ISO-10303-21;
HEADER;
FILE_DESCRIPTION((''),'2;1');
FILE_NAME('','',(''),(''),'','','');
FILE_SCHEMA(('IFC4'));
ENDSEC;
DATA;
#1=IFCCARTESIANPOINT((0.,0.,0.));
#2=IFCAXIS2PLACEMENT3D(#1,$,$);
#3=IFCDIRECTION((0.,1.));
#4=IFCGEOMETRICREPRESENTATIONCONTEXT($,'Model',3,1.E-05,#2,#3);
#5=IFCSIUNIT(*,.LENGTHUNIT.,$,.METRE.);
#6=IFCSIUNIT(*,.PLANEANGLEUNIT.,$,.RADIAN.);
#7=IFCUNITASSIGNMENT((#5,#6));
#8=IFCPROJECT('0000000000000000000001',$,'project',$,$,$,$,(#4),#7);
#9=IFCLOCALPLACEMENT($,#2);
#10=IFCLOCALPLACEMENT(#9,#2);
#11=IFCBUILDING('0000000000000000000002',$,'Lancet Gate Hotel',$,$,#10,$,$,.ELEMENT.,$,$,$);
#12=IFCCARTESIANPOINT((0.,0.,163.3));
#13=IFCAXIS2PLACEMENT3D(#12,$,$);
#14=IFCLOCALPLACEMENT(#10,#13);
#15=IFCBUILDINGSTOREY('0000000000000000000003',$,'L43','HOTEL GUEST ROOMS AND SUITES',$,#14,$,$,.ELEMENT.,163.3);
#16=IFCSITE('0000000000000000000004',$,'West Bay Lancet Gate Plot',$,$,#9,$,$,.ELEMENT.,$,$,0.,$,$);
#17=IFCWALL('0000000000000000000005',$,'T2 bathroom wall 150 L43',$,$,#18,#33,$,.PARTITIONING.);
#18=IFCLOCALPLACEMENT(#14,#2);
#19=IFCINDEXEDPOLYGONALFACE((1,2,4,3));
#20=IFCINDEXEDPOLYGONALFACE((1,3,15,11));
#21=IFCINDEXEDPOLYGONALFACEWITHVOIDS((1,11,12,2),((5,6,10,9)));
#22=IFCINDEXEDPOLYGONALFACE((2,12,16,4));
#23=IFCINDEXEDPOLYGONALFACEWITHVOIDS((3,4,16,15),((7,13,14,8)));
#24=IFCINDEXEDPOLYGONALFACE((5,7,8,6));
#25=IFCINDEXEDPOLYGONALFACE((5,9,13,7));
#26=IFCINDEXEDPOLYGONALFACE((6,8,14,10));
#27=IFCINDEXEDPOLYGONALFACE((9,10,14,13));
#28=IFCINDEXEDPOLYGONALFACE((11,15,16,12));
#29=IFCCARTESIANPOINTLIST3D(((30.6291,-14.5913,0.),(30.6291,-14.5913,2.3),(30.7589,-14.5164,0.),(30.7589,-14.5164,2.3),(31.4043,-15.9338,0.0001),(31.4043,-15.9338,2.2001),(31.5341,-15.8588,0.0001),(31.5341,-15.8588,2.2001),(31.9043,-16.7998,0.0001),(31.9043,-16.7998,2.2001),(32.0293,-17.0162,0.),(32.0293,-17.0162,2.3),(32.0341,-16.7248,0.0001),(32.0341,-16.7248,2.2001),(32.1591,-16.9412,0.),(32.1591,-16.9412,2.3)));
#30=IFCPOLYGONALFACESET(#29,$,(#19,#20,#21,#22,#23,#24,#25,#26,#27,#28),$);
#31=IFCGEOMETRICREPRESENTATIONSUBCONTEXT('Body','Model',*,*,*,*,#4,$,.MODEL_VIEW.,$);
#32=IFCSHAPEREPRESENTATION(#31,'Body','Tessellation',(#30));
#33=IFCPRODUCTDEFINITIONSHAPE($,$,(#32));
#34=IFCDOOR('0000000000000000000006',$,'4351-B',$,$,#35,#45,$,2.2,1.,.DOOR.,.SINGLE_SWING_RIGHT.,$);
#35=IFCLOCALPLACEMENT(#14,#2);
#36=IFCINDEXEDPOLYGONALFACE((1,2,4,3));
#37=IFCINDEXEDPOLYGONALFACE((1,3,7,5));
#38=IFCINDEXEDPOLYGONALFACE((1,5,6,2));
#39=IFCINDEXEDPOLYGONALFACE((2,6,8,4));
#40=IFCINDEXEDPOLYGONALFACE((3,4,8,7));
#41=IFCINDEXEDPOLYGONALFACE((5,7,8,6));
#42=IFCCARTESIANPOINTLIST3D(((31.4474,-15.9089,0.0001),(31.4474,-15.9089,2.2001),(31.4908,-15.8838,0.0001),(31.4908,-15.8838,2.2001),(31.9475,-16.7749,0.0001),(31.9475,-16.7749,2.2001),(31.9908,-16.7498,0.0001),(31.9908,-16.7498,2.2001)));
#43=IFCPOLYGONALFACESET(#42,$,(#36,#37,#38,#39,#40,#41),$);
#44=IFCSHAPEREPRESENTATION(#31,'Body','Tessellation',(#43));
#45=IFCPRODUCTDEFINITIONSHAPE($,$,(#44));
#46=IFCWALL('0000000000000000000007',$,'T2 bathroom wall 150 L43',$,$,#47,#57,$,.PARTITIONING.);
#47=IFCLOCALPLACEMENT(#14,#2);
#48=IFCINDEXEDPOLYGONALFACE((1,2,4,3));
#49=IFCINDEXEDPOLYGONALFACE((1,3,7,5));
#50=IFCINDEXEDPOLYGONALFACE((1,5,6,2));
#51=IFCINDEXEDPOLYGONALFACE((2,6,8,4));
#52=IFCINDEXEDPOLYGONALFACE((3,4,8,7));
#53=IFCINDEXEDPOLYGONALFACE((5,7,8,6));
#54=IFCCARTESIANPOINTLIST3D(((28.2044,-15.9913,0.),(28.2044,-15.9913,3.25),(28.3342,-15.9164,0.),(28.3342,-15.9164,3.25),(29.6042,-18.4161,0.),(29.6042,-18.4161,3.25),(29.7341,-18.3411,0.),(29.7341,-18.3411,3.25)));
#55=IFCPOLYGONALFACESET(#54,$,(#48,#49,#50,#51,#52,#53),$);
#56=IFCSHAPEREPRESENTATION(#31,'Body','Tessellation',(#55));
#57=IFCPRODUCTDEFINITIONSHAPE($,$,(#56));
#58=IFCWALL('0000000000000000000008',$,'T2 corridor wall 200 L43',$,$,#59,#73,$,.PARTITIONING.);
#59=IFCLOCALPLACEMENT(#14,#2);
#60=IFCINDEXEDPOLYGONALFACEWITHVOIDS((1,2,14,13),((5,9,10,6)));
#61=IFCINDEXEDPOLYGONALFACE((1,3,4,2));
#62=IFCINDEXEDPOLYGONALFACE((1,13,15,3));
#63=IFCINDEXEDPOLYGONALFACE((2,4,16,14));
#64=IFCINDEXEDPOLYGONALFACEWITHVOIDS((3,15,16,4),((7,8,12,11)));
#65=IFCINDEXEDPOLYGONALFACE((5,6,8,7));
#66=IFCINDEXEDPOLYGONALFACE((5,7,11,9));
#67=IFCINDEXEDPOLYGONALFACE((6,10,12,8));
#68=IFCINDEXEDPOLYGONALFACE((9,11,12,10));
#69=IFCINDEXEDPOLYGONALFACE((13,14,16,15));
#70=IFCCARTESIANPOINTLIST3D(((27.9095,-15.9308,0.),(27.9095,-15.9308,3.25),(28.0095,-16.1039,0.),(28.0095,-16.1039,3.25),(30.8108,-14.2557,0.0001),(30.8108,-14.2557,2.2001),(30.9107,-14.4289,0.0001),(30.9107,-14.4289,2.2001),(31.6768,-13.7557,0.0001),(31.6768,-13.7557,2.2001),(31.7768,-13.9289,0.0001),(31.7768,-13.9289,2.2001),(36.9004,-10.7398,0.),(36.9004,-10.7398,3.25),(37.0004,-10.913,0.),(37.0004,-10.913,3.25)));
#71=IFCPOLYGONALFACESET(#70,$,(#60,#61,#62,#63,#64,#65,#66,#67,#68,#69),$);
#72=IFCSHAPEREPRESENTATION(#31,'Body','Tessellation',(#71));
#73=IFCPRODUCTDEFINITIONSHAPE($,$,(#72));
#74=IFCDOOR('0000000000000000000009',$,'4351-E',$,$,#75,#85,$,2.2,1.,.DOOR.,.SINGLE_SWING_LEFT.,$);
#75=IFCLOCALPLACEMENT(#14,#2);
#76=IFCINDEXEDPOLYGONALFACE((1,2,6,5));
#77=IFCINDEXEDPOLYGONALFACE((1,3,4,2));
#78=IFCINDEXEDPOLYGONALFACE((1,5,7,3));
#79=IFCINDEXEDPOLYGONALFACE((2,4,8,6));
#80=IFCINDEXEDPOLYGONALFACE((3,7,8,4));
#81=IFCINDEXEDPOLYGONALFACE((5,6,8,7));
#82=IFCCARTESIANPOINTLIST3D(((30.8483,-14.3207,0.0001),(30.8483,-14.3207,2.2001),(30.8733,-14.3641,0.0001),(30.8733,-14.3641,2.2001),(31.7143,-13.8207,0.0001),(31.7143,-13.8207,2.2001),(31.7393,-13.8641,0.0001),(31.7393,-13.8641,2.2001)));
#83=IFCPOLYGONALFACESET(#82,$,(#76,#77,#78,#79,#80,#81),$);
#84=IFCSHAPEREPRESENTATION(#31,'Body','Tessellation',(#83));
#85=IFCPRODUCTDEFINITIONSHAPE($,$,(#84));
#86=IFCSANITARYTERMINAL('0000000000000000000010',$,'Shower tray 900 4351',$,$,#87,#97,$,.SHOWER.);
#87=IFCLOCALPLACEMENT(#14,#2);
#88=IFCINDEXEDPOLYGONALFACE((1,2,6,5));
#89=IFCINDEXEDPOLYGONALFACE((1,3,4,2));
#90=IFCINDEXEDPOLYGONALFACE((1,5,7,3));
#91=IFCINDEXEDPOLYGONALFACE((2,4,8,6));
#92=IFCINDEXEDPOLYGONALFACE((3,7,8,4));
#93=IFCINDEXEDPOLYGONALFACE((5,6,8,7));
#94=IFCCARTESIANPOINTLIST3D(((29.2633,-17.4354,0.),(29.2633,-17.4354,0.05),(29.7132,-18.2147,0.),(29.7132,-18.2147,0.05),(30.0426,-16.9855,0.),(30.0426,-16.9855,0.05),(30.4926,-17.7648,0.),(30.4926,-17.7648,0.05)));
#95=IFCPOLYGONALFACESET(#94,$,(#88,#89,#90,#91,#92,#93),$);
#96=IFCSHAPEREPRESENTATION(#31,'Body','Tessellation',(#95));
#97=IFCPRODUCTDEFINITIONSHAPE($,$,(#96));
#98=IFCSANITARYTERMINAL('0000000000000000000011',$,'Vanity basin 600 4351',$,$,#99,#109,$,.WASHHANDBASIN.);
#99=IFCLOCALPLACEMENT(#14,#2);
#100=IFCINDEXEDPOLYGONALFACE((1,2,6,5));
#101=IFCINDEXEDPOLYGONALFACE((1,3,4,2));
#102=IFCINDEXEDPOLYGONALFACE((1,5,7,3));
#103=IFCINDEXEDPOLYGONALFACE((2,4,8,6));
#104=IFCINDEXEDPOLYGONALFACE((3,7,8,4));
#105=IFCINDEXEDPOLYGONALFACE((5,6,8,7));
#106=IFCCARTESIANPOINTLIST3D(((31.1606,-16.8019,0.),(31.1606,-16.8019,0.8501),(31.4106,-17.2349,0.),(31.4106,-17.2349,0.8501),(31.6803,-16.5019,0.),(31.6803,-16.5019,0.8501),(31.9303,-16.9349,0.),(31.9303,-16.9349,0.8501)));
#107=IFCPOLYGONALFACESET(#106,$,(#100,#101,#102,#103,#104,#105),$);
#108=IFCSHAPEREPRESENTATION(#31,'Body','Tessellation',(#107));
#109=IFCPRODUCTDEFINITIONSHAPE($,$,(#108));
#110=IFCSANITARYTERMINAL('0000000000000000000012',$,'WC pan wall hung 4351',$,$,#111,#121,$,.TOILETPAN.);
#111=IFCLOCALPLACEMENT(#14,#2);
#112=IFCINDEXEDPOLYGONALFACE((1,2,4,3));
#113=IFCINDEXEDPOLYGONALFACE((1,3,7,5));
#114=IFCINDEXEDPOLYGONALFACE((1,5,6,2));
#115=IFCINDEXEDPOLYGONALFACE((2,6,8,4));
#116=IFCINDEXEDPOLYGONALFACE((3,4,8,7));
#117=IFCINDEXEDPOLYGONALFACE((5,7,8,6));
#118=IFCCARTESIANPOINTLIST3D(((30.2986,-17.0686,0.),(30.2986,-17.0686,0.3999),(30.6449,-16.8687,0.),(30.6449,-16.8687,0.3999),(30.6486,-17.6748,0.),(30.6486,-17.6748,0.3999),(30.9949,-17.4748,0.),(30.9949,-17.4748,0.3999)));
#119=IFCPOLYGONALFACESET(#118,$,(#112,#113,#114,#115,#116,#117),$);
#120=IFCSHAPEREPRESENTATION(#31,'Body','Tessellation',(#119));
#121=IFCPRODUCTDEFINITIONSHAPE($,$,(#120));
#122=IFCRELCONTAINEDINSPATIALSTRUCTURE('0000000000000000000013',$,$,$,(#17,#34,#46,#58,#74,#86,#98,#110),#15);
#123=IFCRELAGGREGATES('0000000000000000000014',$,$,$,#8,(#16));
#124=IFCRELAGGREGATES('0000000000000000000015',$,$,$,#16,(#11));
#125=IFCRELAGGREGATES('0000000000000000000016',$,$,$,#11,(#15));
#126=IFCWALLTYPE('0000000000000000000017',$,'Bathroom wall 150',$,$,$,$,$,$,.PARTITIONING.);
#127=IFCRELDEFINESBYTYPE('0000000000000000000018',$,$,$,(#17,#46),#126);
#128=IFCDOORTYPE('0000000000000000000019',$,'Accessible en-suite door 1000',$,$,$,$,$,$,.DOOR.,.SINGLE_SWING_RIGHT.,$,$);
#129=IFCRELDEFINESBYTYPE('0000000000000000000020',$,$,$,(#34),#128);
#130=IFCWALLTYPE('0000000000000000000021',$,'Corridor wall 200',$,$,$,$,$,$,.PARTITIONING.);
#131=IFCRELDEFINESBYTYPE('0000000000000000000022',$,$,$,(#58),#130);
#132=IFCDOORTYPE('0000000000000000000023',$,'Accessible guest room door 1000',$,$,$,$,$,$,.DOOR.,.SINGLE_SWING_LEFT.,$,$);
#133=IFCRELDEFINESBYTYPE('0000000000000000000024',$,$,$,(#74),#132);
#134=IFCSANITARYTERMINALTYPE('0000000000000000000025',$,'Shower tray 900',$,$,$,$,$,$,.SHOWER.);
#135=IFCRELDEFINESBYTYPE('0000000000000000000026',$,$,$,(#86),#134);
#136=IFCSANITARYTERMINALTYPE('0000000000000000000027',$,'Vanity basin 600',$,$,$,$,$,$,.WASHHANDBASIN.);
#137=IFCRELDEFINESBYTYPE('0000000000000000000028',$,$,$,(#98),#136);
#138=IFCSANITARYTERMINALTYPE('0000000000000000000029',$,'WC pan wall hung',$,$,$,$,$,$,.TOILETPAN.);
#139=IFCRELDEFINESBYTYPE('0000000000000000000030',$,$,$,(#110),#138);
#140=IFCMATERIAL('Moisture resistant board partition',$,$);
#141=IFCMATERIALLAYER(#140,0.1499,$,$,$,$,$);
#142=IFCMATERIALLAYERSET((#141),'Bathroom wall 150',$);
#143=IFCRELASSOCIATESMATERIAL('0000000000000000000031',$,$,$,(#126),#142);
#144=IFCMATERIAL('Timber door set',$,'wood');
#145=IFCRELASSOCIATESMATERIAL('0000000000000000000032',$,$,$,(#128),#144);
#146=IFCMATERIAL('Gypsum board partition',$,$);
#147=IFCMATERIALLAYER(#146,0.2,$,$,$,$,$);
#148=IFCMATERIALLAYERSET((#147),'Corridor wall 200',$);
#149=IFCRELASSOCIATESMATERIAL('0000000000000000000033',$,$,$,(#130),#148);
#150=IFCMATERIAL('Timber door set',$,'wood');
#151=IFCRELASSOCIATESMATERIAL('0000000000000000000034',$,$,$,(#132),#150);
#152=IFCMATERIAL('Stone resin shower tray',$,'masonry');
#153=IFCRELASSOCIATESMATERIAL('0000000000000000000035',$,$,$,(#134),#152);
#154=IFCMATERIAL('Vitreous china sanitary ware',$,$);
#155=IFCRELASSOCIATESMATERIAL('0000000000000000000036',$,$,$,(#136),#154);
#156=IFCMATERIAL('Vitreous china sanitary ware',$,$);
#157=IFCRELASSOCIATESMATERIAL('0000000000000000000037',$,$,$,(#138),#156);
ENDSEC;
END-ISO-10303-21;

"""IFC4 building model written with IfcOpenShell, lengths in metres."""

from ifc_helpers import new_model, si_unit, direction, frame, frame_2d, origin, origin_2d, place, context, subcontext, project, spatial, rectangle, extrude, material, layer, layer_set, type_object, element, fill, save


model = new_model("IFC4")

# Units and contexts
model_context = context("Model", 3, precision=1e-05, world=origin(), true_north=direction((0.0, 1.0)))
body_context = subcontext(model_context, "Body", "Model", "MODEL_VIEW")
ifc_project = project(units=[si_unit("LENGTHUNIT", "METRE"), si_unit("PLANEANGLEUNIT", "RADIAN")], contexts=[model_context])

# Site, building, storey
site_placement = place(None, origin())
site = spatial("IfcSite", under=ifc_project, at=site_placement, Name="West Bay Lancet Gate Plot", CompositionType="ELEMENT", RefElevation=0.0)
building_placement = place(site_placement, origin())
building = spatial("IfcBuilding", under=site, at=building_placement, Name="Lancet Gate Hotel", CompositionType="ELEMENT")
storey_placement = place(building_placement, frame((0.0, 0.0, 163.3)))
storey = spatial("IfcBuildingStorey", under=building, at=storey_placement, Name="L43", Description="HOTEL GUEST ROOMS AND SUITES", CompositionType="ELEMENT", Elevation=163.3)

# Shared definitions
ifc_material_1 = material(Name="Moisture resistant board partition")
ifc_layer_1 = layer(ifc_material_1, 0.1499)
ifc_layer_set_1 = layer_set([ifc_layer_1], Name="Bathroom wall 150")
wall_type_1 = type_object("IfcWallType", Name="Bathroom wall 150", PredefinedType="PARTITIONING", material=ifc_layer_set_1)

# Wall, opening, door
wall_1_placement = place(storey_placement, frame((30.6941, -14.554, 0.0), z_axis=(0.0, 0.0, 1.0), x_axis=(0.50005, -0.865997, 0.0)))
wall_1 = element("IfcWall", 1, at=wall_1_placement, inside=storey, type_object=wall_type_1, Name="T2 bathroom wall 150 L43", PredefinedType="PARTITIONING", context=body_context, shape_type="SweptSolid", body=[
    extrude(rectangle(XDim=2.8, YDim=0.1499, at=frame_2d((1.3999, 0.0))), origin(), (0.0, 0.0, 1.0), 2.3),
])
opening_1_placement = place(wall_1_placement, frame((1.55, 0.0, 0.0)))
opening_1 = element("IfcOpeningElement", 2, at=opening_1_placement, cuts=wall_1, PredefinedType="OPENING", context=body_context, shape_type="SweptSolid", body=[
    extrude(rectangle(XDim=1.0, YDim=2.2, at=frame_2d((0.5, 1.1001))), frame((0.0, 0.085, 0.0), z_axis=(0.0, -1.0, 0.0), x_axis=(1.0, 0.0, 0.0)), (0.0, 0.0, 1.0), 0.1699),
])
ifc_material_2 = material(Name="Timber door set", Category="wood")
door_type_1 = type_object("IfcDoorType", Name="Accessible en-suite door 1000", OperationType="SINGLE_SWING_RIGHT", PredefinedType="DOOR", material=ifc_material_2)
door_1_placement = place(opening_1_placement, origin())
door_1 = element("IfcDoor", 3, at=door_1_placement, inside=storey, type_object=door_type_1, Name="4351-B", OperationType="SINGLE_SWING_RIGHT", OverallHeight=2.2, OverallWidth=1.0, PredefinedType="DOOR", context=body_context, shape_type="SweptSolid", body=[
    extrude(rectangle(XDim=1.0, YDim=2.2, at=frame_2d((0.5, 1.1001))), frame((0.0, 0.0249, 0.0), z_axis=(0.0, -1.0, 0.0), x_axis=(1.0, 0.0, 0.0)), (0.0, 0.0, 1.0), 0.05),
])
fill(opening_1, door_1)

# Wall
wall_2_placement = place(storey_placement, frame((28.2693, -15.9539, 0.0), z_axis=(0.0, 0.0, 1.0), x_axis=(0.499984, -0.866035, 0.0)))
element("IfcWall", 4, at=wall_2_placement, inside=storey, type_object=wall_type_1, Name="T2 bathroom wall 150 L43", PredefinedType="PARTITIONING", context=body_context, shape_type="SweptSolid", body=[
    extrude(rectangle(XDim=2.7998, YDim=0.1499, at=frame_2d((1.3999, 0.0))), origin(), (0.0, 0.0, 1.0), 3.25),
])

# Wall, opening, door
ifc_material_3 = material(Name="Gypsum board partition")
ifc_layer_2 = layer(ifc_material_3, 0.2)
ifc_layer_set_2 = layer_set([ifc_layer_2], Name="Corridor wall 200")
wall_type_2 = type_object("IfcWallType", Name="Corridor wall 200", PredefinedType="PARTITIONING", material=ifc_layer_set_2)
wall_3_placement = place(storey_placement, frame((27.9595, -16.0173, 0.0), z_axis=(0.0, 0.0, 1.0), x_axis=(0.866026, 0.499999, 0.0)))
wall_3 = element("IfcWall", 5, at=wall_3_placement, inside=storey, type_object=wall_type_2, Name="T2 corridor wall 200 L43", PredefinedType="PARTITIONING", context=body_context, shape_type="SweptSolid", body=[
    extrude(rectangle(XDim=10.3818, YDim=0.2, at=frame_2d((5.1909, 0.0))), origin(), (0.0, 0.0, 1.0), 3.25),
])
opening_2_placement = place(wall_3_placement, frame((3.3501, 0.0, 0.0)))
opening_2 = element("IfcOpeningElement", 6, at=opening_2_placement, cuts=wall_3, PredefinedType="OPENING", context=body_context, shape_type="SweptSolid", body=[
    extrude(rectangle(XDim=1.0, YDim=2.2, at=frame_2d((0.5, 1.1001))), frame((0.0, 0.1099, 0.0), z_axis=(0.0, -1.0, 0.0), x_axis=(1.0, 0.0, 0.0)), (0.0, 0.0, 1.0), 0.22),
])
ifc_material_4 = material(Name="Timber door set", Category="wood")
door_type_2 = type_object("IfcDoorType", Name="Accessible guest room door 1000", OperationType="SINGLE_SWING_LEFT", PredefinedType="DOOR", material=ifc_material_4)
door_2_placement = place(opening_2_placement, origin())
door_2 = element("IfcDoor", 7, at=door_2_placement, inside=storey, type_object=door_type_2, Name="4351-E", OperationType="SINGLE_SWING_LEFT", OverallHeight=2.2, OverallWidth=1.0, PredefinedType="DOOR", context=body_context, shape_type="SweptSolid", body=[
    extrude(rectangle(XDim=1.0, YDim=2.2, at=frame_2d((0.5, 1.1001))), frame((0.0, 0.0249, 0.0), z_axis=(0.0, -1.0, 0.0), x_axis=(1.0, 0.0, 0.0)), (0.0, 0.0, 1.0), 0.05),
])
fill(opening_2, door_2)

# Sanitary terminals
ifc_material_5 = material(Name="Stone resin shower tray", Category="masonry")
sanitary_terminal_type_1 = type_object("IfcSanitaryTerminalType", Name="Shower tray 900", PredefinedType="SHOWER", material=ifc_material_5)
sanitary_terminal_1_placement = place(storey_placement, frame((29.8779, -17.6001, 0.0), z_axis=(0.0, 0.0, 1.0), x_axis=(-0.866025, -0.5, 0.0)))
element("IfcSanitaryTerminal", 8, at=sanitary_terminal_1_placement, inside=storey, type_object=sanitary_terminal_type_1, Name="Shower tray 900 4351", PredefinedType="SHOWER", context=body_context, shape_type="SweptSolid", body=[
    extrude(rectangle(XDim=0.8999, YDim=0.8999, at=origin_2d()), origin(), (0.0, 0.0, 1.0), 0.05),
])
ifc_material_6 = material(Name="Vitreous china sanitary ware")
sanitary_terminal_type_2 = type_object("IfcSanitaryTerminalType", Name="Vanity basin 600", PredefinedType="WASHHANDBASIN", material=ifc_material_6)
sanitary_terminal_2_placement = place(storey_placement, frame((31.5454, -16.8684, 0.0), z_axis=(0.0, 0.0, 1.0), x_axis=(-0.866025, -0.5, 0.0)))
element("IfcSanitaryTerminal", 9, at=sanitary_terminal_2_placement, inside=storey, type_object=sanitary_terminal_type_2, Name="Vanity basin 600 4351", PredefinedType="WASHHANDBASIN", context=body_context, shape_type="SweptSolid", body=[
    extrude(rectangle(XDim=0.6001, YDim=0.5, at=origin_2d()), origin(), (0.0, 0.0, 1.0), 0.8501),
])
ifc_material_7 = material(Name="Vitreous china sanitary ware")
sanitary_terminal_type_3 = type_object("IfcSanitaryTerminalType", Name="WC pan wall hung", PredefinedType="TOILETPAN", material=ifc_material_7)
sanitary_terminal_3_placement = place(storey_placement, frame((30.6467, -17.2717, 0.0), z_axis=(0.0, 0.0, 1.0), x_axis=(-0.866025, -0.5, 0.0)))
element("IfcSanitaryTerminal", 10, at=sanitary_terminal_3_placement, inside=storey, type_object=sanitary_terminal_type_3, Name="WC pan wall hung 4351", PredefinedType="TOILETPAN", context=body_context, shape_type="SweptSolid", body=[
    extrude(rectangle(XDim=0.3999, YDim=0.7, at=origin_2d()), origin(), (0.0, 0.0, 1.0), 0.3999),
])

save(model, "model.ifc")
